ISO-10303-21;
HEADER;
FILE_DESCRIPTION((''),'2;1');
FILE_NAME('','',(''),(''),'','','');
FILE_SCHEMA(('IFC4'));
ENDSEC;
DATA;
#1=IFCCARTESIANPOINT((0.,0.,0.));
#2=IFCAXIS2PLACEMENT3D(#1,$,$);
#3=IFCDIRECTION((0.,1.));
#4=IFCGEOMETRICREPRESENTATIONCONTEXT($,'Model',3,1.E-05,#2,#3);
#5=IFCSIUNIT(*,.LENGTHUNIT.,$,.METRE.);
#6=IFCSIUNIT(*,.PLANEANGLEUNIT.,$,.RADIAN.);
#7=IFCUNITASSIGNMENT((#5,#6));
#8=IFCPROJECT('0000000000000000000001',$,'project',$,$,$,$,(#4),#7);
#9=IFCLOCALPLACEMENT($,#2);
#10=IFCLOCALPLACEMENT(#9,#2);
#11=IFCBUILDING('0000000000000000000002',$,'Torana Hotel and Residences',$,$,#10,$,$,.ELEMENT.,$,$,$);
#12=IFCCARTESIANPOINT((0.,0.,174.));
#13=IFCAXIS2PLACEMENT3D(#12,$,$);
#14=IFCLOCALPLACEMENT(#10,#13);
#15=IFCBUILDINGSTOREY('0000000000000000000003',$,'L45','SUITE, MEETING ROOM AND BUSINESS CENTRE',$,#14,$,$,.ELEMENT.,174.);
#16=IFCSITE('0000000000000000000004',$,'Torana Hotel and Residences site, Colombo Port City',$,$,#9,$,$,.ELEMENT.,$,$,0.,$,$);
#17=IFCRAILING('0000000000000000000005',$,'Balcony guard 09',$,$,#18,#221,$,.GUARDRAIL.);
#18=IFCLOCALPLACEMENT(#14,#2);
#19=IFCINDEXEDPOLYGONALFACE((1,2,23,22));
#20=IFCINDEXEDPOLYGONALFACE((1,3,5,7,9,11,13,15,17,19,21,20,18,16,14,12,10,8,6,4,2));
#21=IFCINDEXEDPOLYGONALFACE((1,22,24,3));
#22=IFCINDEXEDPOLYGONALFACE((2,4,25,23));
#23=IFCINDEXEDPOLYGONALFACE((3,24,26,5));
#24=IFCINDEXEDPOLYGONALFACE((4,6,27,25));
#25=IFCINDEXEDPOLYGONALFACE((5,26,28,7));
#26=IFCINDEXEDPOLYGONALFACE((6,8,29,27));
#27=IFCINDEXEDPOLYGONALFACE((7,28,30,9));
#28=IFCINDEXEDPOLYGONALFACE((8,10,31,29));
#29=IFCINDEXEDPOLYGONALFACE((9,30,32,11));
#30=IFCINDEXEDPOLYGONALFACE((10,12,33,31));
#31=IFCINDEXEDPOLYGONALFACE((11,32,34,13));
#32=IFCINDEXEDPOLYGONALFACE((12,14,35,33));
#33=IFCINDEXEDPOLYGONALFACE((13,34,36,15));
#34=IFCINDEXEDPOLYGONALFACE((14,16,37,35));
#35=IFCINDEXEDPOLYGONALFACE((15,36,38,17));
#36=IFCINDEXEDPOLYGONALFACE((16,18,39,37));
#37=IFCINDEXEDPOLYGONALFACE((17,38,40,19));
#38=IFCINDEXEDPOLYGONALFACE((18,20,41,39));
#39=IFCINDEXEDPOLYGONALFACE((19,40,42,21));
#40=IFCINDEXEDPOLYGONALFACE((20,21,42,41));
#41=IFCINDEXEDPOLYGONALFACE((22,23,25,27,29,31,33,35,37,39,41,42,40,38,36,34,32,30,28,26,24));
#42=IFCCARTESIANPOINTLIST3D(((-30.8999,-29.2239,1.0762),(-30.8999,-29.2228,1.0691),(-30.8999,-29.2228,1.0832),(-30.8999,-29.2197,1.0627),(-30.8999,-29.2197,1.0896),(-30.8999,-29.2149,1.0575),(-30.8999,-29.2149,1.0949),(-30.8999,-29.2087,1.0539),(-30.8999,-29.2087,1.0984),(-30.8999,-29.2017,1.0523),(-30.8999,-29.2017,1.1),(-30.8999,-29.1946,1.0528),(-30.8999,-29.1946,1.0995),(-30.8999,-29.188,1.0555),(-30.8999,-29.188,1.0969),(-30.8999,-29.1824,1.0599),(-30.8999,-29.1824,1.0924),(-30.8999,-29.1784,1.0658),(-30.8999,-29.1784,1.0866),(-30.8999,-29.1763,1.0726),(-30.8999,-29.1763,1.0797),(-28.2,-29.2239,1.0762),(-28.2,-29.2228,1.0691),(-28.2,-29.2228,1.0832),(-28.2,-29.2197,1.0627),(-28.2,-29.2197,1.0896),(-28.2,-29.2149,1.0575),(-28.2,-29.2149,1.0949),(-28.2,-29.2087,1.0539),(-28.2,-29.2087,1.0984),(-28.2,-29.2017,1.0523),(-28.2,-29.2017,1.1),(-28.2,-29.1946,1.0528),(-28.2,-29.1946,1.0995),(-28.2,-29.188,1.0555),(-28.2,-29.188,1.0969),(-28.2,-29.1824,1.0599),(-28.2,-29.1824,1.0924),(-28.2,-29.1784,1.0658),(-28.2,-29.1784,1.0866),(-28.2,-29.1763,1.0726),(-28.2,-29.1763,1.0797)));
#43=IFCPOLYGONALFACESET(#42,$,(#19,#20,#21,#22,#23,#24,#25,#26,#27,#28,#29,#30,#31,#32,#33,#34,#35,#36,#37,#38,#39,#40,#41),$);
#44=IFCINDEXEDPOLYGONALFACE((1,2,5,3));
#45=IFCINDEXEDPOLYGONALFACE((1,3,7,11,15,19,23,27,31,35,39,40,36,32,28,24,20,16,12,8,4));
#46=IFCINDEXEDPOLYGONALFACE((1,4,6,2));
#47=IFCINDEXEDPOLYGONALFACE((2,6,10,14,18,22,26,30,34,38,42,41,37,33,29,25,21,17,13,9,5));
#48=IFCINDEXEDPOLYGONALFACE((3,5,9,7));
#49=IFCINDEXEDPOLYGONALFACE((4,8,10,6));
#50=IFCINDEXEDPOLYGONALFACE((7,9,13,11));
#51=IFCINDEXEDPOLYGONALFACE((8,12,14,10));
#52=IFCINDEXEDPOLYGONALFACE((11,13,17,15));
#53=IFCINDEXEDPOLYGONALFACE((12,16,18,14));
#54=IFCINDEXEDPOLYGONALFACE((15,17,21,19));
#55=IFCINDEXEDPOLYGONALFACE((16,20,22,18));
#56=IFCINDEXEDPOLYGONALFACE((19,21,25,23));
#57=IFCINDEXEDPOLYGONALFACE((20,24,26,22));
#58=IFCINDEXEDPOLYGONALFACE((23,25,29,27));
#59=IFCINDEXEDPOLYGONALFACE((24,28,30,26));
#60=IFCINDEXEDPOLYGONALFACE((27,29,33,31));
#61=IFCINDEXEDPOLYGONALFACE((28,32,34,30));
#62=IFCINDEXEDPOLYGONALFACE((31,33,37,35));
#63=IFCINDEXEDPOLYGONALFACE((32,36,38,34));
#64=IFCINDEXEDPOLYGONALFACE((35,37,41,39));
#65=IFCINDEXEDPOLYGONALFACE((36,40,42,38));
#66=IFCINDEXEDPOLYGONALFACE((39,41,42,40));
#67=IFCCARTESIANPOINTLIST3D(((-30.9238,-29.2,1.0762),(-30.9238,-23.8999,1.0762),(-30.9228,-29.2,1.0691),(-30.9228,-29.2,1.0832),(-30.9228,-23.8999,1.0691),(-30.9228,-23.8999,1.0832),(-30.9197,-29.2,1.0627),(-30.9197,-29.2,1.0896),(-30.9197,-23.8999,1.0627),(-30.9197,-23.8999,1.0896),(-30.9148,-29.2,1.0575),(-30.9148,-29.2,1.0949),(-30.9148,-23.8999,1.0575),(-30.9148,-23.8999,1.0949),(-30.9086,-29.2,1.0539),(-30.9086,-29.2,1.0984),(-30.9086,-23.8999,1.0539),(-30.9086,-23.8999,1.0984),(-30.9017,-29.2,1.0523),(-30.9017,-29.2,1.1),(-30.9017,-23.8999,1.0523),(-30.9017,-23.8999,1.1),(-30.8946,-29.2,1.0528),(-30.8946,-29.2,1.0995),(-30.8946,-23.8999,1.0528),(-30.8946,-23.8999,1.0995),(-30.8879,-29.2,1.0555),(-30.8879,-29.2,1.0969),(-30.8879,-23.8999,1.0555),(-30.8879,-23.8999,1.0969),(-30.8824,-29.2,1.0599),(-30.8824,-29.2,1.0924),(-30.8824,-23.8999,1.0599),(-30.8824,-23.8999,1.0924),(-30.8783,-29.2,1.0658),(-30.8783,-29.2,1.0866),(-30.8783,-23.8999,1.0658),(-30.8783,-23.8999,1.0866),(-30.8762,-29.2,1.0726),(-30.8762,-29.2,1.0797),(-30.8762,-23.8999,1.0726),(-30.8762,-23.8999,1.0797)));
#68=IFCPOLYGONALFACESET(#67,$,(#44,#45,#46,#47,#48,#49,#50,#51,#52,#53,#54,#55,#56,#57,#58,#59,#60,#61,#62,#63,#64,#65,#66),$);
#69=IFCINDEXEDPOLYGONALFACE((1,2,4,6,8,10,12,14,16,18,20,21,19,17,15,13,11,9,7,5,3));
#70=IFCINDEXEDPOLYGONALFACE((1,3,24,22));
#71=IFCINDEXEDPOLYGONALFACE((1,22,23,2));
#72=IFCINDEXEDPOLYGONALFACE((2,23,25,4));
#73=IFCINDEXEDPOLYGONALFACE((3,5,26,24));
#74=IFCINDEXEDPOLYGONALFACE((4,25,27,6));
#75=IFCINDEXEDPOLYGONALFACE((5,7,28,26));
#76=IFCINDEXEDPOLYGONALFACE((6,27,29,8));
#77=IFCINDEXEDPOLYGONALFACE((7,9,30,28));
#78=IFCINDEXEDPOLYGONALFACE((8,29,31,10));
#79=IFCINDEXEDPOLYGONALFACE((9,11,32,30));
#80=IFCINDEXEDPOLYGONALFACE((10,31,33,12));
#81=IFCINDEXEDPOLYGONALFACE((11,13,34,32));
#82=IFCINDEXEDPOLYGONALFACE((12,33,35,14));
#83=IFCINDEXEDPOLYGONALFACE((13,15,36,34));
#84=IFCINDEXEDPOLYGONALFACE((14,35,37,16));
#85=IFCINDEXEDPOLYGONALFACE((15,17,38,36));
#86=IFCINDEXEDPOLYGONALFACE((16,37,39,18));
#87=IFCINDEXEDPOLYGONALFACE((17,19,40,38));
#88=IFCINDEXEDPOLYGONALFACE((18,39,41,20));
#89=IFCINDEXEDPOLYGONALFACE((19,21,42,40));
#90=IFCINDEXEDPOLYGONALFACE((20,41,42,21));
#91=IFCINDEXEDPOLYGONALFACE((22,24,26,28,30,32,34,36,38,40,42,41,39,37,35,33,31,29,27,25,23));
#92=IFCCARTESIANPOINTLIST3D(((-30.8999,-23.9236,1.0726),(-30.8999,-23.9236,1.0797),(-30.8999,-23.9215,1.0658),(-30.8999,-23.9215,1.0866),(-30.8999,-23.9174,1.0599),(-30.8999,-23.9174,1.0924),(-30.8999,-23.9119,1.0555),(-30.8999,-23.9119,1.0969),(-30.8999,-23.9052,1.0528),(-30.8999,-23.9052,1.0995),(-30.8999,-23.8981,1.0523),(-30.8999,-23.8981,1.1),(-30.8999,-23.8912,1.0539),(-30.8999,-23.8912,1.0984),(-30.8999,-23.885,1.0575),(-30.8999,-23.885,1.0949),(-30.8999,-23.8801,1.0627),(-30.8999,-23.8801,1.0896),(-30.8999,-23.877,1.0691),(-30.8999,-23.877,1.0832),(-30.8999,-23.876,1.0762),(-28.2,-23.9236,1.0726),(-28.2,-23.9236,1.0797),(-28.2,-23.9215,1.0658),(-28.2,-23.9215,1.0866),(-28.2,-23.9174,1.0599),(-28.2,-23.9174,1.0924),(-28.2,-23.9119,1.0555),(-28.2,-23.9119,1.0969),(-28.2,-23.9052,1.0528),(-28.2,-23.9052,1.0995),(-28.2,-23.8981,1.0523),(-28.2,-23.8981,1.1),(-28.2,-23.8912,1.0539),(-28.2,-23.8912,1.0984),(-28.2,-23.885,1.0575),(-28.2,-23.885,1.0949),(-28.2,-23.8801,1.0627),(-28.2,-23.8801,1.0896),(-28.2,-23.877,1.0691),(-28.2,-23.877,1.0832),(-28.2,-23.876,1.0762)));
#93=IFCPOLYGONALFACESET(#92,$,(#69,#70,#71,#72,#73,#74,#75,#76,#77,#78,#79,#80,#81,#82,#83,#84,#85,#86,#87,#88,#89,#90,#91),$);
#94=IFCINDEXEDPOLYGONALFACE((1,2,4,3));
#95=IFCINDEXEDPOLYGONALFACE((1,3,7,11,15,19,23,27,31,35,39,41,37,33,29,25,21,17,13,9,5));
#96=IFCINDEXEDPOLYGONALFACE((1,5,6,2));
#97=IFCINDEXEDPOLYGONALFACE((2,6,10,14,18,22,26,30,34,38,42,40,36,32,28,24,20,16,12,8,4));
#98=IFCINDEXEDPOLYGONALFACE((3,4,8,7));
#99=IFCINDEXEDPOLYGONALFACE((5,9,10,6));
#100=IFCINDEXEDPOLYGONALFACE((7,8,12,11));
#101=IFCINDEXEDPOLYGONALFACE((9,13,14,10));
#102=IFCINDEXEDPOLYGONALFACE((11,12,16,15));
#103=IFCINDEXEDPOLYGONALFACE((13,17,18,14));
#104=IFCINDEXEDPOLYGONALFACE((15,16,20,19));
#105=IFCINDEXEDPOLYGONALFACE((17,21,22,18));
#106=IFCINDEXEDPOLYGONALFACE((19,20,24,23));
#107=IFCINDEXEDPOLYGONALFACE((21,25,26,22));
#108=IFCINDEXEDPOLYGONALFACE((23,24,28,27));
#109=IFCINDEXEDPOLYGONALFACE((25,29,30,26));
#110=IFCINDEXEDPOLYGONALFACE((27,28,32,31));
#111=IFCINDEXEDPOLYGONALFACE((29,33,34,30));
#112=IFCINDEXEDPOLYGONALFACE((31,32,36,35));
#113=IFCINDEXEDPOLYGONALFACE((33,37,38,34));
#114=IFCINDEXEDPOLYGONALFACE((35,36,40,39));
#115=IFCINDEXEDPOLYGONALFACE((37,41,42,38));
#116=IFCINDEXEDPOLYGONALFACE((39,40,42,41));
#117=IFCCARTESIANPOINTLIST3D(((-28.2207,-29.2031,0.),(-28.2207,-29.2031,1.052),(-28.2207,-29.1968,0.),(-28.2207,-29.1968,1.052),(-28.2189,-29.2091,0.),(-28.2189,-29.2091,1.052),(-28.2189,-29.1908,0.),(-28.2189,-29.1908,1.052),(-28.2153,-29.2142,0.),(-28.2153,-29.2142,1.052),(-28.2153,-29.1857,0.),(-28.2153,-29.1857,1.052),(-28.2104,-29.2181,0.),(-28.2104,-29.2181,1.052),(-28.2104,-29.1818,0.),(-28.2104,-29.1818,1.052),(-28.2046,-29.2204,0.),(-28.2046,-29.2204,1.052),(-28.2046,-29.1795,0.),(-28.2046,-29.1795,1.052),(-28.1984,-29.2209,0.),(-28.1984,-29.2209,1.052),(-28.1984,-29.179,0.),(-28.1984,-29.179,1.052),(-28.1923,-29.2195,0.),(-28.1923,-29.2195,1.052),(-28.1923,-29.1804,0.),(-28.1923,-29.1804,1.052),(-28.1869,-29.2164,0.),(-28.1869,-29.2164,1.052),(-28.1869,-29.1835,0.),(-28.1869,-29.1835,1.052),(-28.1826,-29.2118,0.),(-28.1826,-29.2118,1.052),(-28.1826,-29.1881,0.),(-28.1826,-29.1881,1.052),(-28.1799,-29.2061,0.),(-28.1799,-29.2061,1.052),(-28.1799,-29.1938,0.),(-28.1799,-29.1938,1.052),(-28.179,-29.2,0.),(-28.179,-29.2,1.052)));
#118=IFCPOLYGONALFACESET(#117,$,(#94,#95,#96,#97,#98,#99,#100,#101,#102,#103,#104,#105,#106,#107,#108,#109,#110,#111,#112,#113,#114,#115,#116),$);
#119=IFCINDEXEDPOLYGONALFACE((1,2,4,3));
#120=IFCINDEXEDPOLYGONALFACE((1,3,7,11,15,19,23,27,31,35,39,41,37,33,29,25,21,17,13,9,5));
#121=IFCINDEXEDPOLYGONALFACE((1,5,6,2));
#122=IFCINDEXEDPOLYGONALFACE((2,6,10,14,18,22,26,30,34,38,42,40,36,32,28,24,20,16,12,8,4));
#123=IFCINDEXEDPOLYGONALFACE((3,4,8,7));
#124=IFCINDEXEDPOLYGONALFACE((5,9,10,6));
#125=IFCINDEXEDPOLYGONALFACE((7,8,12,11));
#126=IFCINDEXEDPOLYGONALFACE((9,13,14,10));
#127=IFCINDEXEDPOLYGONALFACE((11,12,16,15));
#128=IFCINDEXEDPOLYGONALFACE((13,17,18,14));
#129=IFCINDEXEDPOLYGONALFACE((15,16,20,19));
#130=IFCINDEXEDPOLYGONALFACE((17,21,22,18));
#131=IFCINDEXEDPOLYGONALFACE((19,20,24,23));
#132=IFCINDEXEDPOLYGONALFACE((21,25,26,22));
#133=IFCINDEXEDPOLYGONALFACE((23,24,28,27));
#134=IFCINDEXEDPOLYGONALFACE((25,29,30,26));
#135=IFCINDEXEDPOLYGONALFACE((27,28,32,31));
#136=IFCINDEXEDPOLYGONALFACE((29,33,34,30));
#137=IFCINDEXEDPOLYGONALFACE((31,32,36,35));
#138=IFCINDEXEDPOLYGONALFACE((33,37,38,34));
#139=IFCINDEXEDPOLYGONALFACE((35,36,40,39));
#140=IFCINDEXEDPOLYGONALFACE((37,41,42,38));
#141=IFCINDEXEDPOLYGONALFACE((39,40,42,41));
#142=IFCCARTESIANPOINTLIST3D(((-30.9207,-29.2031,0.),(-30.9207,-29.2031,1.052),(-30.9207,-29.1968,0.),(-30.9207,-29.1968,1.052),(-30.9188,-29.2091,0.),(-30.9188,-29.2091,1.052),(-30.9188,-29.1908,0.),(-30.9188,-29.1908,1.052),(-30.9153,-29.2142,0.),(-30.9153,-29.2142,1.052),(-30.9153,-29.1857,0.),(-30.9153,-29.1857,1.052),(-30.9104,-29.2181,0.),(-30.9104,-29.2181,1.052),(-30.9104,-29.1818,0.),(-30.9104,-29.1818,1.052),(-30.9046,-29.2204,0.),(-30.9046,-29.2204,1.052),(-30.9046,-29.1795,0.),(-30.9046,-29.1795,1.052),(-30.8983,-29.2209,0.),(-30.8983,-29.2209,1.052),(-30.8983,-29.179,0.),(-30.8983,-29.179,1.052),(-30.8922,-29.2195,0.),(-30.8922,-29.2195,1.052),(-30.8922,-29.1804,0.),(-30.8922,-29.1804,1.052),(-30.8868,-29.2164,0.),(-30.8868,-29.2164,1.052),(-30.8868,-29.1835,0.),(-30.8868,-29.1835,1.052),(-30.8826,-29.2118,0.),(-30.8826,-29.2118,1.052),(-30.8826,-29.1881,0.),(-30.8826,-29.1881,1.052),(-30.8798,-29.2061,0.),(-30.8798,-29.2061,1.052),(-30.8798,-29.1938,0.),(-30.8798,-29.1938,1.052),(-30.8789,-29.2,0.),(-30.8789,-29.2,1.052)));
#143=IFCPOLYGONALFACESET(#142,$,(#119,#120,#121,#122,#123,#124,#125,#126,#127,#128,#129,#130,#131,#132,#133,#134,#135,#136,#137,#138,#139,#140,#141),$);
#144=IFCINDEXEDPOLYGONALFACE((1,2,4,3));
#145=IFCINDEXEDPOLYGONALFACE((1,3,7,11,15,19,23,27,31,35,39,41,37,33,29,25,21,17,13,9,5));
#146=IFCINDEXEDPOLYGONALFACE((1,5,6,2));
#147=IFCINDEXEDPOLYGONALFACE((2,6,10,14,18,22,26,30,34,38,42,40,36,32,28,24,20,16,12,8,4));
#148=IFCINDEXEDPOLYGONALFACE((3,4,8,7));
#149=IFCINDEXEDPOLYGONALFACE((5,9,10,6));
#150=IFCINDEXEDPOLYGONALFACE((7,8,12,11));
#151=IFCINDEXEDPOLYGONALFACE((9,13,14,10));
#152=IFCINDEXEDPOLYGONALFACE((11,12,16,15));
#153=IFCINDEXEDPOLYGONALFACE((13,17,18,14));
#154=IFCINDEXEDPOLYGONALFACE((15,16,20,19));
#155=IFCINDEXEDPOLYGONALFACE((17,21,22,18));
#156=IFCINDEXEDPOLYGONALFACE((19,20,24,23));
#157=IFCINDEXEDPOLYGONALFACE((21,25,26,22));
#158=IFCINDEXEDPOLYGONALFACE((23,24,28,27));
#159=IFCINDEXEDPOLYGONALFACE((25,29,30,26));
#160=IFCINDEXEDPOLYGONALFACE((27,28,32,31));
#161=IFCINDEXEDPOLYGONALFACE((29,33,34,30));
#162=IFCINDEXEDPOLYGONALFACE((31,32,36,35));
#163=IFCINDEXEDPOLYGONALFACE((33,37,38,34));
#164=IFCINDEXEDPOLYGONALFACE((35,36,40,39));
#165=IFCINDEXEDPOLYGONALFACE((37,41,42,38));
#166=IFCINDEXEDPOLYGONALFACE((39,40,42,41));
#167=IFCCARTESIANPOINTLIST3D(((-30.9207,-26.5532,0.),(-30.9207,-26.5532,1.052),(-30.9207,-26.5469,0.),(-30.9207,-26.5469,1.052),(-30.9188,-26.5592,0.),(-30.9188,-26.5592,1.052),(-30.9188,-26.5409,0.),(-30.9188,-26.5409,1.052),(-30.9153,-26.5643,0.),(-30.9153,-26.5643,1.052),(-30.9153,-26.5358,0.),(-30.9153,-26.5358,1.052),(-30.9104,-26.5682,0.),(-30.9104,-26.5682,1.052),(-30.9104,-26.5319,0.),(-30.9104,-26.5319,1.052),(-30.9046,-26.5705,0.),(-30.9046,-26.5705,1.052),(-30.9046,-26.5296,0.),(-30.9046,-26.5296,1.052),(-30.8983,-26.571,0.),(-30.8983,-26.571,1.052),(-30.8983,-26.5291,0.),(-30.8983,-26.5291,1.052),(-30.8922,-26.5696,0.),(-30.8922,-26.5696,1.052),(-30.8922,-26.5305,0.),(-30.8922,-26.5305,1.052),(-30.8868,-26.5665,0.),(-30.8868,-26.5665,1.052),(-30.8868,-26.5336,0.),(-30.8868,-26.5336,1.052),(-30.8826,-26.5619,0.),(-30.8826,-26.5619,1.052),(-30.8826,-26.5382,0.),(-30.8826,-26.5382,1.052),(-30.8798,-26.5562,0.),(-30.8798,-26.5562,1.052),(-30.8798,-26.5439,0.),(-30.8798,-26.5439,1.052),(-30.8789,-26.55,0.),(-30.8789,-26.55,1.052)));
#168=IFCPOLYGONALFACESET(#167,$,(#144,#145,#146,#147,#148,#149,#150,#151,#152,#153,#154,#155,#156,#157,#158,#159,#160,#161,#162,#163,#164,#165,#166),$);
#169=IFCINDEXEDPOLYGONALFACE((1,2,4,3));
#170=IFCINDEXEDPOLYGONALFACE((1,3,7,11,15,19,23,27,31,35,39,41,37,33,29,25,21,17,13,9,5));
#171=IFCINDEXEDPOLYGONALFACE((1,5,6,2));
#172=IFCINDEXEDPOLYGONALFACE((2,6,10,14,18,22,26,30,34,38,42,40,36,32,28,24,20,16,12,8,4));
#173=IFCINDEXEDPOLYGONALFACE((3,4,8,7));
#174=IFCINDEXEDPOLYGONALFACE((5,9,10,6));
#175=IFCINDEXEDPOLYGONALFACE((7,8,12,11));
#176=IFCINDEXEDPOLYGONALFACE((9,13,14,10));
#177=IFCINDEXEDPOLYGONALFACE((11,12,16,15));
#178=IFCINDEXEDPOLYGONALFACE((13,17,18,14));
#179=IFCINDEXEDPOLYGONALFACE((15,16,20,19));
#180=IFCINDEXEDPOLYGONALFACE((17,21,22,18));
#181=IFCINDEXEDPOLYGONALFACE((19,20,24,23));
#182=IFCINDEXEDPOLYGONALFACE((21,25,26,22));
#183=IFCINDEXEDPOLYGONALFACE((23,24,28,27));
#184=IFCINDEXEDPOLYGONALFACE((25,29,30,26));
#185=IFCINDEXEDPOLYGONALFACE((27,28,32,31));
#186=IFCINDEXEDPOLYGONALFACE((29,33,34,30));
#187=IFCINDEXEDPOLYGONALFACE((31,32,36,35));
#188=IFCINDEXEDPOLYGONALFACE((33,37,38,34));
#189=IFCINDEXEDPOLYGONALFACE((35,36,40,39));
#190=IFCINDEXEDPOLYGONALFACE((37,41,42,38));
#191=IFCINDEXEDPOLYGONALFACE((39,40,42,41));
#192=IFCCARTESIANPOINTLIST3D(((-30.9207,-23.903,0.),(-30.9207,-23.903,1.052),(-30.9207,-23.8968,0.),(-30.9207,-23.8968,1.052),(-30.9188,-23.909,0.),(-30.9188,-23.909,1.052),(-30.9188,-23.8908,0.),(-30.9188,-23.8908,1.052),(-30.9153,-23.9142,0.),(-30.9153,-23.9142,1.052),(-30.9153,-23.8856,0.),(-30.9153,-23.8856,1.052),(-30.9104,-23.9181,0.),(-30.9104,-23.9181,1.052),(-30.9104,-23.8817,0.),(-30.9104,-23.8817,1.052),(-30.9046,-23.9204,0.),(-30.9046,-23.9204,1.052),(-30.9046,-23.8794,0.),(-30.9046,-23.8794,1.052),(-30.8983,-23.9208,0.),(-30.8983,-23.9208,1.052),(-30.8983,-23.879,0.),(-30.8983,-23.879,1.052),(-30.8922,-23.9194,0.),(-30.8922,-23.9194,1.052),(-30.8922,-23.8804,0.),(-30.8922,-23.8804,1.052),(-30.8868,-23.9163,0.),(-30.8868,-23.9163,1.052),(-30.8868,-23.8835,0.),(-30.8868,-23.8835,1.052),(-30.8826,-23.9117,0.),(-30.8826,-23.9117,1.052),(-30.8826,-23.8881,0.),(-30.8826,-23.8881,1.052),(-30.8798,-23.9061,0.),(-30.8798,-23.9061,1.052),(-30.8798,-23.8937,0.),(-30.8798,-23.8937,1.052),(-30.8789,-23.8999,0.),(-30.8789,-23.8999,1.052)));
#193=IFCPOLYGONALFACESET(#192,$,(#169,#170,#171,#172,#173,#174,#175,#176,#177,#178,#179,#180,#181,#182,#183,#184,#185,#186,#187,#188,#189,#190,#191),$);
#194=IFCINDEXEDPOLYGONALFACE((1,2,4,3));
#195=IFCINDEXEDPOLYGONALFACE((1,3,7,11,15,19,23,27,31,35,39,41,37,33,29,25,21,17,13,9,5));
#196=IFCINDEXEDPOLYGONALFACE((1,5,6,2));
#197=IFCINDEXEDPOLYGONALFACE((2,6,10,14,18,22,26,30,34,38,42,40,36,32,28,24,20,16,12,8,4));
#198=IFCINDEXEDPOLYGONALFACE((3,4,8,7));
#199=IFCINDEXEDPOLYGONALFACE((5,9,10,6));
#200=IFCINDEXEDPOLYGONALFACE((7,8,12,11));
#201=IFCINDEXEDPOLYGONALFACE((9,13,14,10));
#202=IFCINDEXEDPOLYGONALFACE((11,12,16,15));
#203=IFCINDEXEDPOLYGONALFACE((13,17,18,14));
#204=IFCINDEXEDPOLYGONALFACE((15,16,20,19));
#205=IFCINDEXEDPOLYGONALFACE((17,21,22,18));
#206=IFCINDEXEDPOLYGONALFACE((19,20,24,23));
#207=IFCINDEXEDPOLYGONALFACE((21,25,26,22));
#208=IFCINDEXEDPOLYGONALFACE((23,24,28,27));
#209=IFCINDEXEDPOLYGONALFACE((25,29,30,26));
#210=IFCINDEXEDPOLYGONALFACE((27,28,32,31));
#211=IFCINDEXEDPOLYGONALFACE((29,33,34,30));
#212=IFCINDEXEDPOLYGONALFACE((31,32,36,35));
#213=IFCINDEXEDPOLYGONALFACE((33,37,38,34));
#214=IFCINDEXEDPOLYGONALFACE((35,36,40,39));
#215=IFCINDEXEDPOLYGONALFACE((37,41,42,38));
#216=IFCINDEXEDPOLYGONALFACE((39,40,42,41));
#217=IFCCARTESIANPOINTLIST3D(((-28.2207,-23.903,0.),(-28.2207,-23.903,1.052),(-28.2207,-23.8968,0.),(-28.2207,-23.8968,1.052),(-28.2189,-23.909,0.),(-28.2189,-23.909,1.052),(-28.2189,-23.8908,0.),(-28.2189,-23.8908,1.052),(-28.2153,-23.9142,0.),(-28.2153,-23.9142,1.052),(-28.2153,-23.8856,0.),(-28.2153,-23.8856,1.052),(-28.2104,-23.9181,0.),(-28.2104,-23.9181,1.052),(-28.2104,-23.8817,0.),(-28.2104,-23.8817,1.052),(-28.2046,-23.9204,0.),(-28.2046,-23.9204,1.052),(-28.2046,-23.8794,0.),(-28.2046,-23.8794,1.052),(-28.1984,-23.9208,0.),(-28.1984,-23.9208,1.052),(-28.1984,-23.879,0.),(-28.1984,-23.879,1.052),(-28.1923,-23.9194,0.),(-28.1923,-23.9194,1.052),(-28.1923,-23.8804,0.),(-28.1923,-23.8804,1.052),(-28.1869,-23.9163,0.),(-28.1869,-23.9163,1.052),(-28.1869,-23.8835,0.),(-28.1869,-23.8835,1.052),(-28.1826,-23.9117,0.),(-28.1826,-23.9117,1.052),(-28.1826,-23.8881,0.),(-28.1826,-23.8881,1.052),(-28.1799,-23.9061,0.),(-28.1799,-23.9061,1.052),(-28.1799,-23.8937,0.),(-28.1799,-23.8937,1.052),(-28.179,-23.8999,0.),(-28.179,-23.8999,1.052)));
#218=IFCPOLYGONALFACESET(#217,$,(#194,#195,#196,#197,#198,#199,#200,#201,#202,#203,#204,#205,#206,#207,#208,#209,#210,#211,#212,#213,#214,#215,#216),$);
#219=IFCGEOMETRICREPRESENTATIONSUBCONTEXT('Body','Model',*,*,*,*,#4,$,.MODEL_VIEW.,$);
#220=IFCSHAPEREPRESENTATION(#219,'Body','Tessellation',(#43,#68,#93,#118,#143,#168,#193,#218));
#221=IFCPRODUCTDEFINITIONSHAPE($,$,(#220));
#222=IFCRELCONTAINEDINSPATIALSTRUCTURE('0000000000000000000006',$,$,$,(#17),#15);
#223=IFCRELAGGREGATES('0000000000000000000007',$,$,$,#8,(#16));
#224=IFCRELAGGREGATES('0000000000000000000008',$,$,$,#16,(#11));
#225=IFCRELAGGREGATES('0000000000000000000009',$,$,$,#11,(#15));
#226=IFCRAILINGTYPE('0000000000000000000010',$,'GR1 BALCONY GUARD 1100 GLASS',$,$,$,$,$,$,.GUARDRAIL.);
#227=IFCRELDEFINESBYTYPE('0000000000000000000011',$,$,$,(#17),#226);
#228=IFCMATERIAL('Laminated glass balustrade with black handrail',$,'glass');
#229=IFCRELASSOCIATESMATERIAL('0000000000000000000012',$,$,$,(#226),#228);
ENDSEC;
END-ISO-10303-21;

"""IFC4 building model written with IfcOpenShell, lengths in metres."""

from ifc_helpers import new_model, si_unit, direction, frame, origin, origin_2d, place, context, subcontext, project, spatial, circle, extrude, material, type_object, element, save


model = new_model("IFC4")

# Units and contexts
model_context = context("Model", 3, precision=1e-05, world=origin(), true_north=direction((0.0, 1.0)))
body_context = subcontext(model_context, "Body", "Model", "MODEL_VIEW")
ifc_project = project(units=[si_unit("LENGTHUNIT", "METRE"), si_unit("PLANEANGLEUNIT", "RADIAN")], contexts=[model_context])

# Site, building, storey
site_placement = place(None, origin())
site = spatial("IfcSite", under=ifc_project, at=site_placement, Name="Torana Hotel and Residences site, Colombo Port City", CompositionType="ELEMENT", RefElevation=0.0)
building_placement = place(site_placement, origin())
building = spatial("IfcBuilding", under=site, at=building_placement, Name="Torana Hotel and Residences", CompositionType="ELEMENT")
storey_placement = place(building_placement, frame((0.0, 0.0, 174.0)))
storey = spatial("IfcBuildingStorey", under=building, at=storey_placement, Name="L45", Description="SUITE, MEETING ROOM AND BUSINESS CENTRE", CompositionType="ELEMENT", Elevation=174.0)

# Railing
ifc_material_1 = material(Name="Laminated glass balustrade with black handrail", Category="glass")
railing_type = type_object("IfcRailingType", Name="GR1 BALCONY GUARD 1100 GLASS", PredefinedType="GUARDRAIL", material=ifc_material_1)
railing_placement = place(storey_placement, frame((-28.2, -29.2, 0.0)))
element("IfcRailing", 1, at=railing_placement, inside=storey, type_object=railing_type, Name="Balcony guard 09", PredefinedType="GUARDRAIL", context=body_context, shape_type="SweptSolid", body=[
    extrude(circle(Radius=0.0239, at=origin_2d()), frame((0.0, 0.0, 1.0762), z_axis=(-1.0, 0.0, 0.0), x_axis=(0.0, -1.0, 0.0)), (0.0, 0.0, 1.0), 2.7),
    extrude(circle(Radius=0.0239, at=origin_2d()), frame((-2.7, 0.0, 1.0762), z_axis=(0.0, 1.0, 0.0), x_axis=(-1.0, 0.0, 0.0)), (0.0, 0.0, 1.0), 5.3),
    extrude(circle(Radius=0.0239, at=origin_2d()), frame((-2.7, 5.3, 1.0762), z_axis=(1.0, 0.0, 0.0), x_axis=(0.0, 1.0, 0.0)), (0.0, 0.0, 1.0), 2.7),
    extrude(circle(Radius=0.021, at=origin_2d()), origin(), (0.0, 0.0, 1.0), 1.052),
    extrude(circle(Radius=0.021, at=origin_2d()), frame((-2.7, 0.0, 0.0)), (0.0, 0.0, 1.0), 1.052),
    extrude(circle(Radius=0.021, at=origin_2d()), frame((-2.7, 2.6499, 0.0)), (0.0, 0.0, 1.0), 1.052),
    extrude(circle(Radius=0.021, at=origin_2d()), frame((-2.7, 5.3, 0.0)), (0.0, 0.0, 1.0), 1.052),
    extrude(circle(Radius=0.021, at=origin_2d()), frame((0.0, 5.3, 0.0)), (0.0, 0.0, 1.0), 1.052),
])

save(model, "model.ifc")
